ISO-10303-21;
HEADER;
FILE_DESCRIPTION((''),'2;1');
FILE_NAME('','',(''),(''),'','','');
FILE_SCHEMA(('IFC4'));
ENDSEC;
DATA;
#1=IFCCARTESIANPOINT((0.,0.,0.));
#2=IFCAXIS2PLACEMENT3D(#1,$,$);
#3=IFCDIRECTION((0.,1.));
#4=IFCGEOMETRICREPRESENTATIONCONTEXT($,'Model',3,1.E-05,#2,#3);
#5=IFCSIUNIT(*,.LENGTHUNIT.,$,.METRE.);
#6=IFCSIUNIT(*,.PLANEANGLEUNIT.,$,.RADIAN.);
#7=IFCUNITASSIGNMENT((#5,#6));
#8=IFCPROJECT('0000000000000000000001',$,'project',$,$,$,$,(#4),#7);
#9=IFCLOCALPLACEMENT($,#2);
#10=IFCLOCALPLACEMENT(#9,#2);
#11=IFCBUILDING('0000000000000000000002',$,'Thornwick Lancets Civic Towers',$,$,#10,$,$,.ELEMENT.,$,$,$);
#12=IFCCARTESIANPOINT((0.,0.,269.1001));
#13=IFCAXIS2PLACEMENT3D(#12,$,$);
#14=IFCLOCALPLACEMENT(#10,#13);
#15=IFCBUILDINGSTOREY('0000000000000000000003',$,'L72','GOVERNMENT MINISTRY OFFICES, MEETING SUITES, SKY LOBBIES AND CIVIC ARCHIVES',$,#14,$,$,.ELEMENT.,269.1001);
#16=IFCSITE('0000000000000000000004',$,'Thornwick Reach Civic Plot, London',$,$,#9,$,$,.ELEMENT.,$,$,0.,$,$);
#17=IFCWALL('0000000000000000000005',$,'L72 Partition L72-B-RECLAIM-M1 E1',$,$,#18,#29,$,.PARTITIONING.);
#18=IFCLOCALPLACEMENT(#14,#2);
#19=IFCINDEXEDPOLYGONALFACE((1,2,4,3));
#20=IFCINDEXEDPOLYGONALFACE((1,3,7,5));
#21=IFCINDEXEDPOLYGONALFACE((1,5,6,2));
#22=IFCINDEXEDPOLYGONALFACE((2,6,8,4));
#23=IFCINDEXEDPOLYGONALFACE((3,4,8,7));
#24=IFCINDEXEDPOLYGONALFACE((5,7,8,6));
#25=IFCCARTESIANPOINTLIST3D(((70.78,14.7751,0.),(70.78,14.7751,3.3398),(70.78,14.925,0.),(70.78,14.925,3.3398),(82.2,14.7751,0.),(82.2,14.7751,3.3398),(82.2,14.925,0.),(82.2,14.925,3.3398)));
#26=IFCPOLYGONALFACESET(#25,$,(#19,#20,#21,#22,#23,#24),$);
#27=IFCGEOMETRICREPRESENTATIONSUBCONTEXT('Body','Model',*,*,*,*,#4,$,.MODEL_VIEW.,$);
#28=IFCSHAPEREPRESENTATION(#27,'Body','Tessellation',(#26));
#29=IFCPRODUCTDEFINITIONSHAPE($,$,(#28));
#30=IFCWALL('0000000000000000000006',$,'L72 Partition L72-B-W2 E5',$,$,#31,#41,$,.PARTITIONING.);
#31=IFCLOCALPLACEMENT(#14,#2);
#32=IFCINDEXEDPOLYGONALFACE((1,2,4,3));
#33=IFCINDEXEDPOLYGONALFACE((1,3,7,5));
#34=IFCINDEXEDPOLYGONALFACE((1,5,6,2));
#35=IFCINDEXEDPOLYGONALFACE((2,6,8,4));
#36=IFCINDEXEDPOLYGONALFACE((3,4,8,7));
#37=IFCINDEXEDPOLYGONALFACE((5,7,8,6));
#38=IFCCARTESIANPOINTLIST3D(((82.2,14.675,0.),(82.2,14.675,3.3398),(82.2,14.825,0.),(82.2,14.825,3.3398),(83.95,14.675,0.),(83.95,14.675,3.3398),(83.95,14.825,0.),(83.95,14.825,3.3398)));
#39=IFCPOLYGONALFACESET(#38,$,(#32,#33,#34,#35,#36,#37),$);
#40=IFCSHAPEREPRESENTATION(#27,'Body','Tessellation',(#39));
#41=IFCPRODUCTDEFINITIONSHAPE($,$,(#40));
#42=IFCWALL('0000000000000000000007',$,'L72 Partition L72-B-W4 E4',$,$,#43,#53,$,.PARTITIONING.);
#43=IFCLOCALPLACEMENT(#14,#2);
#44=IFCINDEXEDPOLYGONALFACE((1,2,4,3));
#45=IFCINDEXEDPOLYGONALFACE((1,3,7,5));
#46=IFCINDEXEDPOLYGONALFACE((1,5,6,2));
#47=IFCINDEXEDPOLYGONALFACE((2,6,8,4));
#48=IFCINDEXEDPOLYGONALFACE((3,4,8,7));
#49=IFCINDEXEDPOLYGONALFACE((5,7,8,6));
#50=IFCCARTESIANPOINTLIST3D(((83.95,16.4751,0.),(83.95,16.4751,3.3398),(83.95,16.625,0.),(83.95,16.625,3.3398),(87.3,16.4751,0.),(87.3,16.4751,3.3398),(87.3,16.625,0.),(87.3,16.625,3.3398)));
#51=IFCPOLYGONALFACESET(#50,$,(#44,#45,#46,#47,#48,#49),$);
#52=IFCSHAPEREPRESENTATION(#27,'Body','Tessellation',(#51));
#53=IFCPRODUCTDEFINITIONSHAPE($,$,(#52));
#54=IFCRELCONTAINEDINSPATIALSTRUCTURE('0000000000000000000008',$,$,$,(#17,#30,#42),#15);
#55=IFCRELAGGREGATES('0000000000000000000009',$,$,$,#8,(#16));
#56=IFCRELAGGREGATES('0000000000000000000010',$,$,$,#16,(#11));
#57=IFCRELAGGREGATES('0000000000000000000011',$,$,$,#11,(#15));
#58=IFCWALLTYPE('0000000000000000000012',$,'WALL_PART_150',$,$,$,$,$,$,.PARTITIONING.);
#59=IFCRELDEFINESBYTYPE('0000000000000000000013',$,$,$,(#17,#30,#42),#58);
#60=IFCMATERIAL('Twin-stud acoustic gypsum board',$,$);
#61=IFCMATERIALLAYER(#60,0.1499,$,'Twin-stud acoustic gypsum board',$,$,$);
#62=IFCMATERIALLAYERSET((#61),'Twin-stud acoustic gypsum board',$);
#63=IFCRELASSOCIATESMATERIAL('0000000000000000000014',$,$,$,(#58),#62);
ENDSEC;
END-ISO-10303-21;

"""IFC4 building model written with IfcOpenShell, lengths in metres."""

from ifc_helpers import new_model, si_unit, direction, frame, frame_2d, origin, place, context, subcontext, project, spatial, rectangle, extrude, material, layer, layer_set, type_object, element, save


model = new_model("IFC4")

# Units and contexts
model_context = context("Model", 3, precision=1e-05, world=origin(), true_north=direction((0.0, 1.0)))
body_context = subcontext(model_context, "Body", "Model", "MODEL_VIEW")
ifc_project = project(units=[si_unit("LENGTHUNIT", "METRE"), si_unit("PLANEANGLEUNIT", "RADIAN")], contexts=[model_context])

# Site, building, storey
site_placement = place(None, origin())
site = spatial("IfcSite", under=ifc_project, at=site_placement, Name="Thornwick Reach Civic Plot, London", CompositionType="ELEMENT", RefElevation=0.0)
building_placement = place(site_placement, origin())
building = spatial("IfcBuilding", under=site, at=building_placement, Name="Thornwick Lancets Civic Towers", CompositionType="ELEMENT")
storey_placement = place(building_placement, frame((0.0, 0.0, 269.1001)))
storey = spatial("IfcBuildingStorey", under=building, at=storey_placement, Name="L72", Description="GOVERNMENT MINISTRY OFFICES, MEETING SUITES, SKY LOBBIES AND CIVIC ARCHIVES", CompositionType="ELEMENT", Elevation=269.1001)

# Wall
ifc_material_1 = material(Name="Twin-stud acoustic gypsum board")
ifc_layer_1 = layer(ifc_material_1, 0.1499, Name="Twin-stud acoustic gypsum board")
ifc_layer_set_1 = layer_set([ifc_layer_1], Name="Twin-stud acoustic gypsum board")
wall_type_1 = type_object("IfcWallType", Name="WALL_PART_150", PredefinedType="PARTITIONING", material=ifc_layer_set_1)
wall_1_placement = place(storey_placement, frame((82.2, 14.8501, 0.0), z_axis=(0.0, 0.0, 1.0), x_axis=(-1.0, 0.0, 0.0)))
element("IfcWall", 1, at=wall_1_placement, inside=storey, type_object=wall_type_1, Name="L72 Partition L72-B-RECLAIM-M1 E1", PredefinedType="PARTITIONING", context=body_context, shape_type="SweptSolid", body=[
    extrude(rectangle(XDim=11.4199, YDim=0.1499, at=frame_2d((5.71, 0.0))), origin(), (0.0, 0.0, 1.0), 3.3398),
])

# Wall
wall_2_placement = place(storey_placement, frame((82.2, 14.75, 0.0), z_axis=(0.0, 0.0, 1.0), x_axis=(1.0, 0.0, 0.0)))
element("IfcWall", 2, at=wall_2_placement, inside=storey, type_object=wall_type_1, Name="L72 Partition L72-B-W2 E5", PredefinedType="PARTITIONING", context=body_context, shape_type="SweptSolid", body=[
    extrude(rectangle(XDim=1.75, YDim=0.1499, at=frame_2d((0.875, 0.0))), origin(), (0.0, 0.0, 1.0), 3.3398),
])

# Wall
wall_3_placement = place(storey_placement, frame((87.3, 16.55, 0.0), z_axis=(0.0, 0.0, 1.0), x_axis=(-1.0, 0.0, 0.0)))
element("IfcWall", 3, at=wall_3_placement, inside=storey, type_object=wall_type_1, Name="L72 Partition L72-B-W4 E4", PredefinedType="PARTITIONING", context=body_context, shape_type="SweptSolid", body=[
    extrude(rectangle(XDim=3.3501, YDim=0.1499, at=frame_2d((1.675, 0.0))), origin(), (0.0, 0.0, 1.0), 3.3398),
])

save(model, "model.ifc")
